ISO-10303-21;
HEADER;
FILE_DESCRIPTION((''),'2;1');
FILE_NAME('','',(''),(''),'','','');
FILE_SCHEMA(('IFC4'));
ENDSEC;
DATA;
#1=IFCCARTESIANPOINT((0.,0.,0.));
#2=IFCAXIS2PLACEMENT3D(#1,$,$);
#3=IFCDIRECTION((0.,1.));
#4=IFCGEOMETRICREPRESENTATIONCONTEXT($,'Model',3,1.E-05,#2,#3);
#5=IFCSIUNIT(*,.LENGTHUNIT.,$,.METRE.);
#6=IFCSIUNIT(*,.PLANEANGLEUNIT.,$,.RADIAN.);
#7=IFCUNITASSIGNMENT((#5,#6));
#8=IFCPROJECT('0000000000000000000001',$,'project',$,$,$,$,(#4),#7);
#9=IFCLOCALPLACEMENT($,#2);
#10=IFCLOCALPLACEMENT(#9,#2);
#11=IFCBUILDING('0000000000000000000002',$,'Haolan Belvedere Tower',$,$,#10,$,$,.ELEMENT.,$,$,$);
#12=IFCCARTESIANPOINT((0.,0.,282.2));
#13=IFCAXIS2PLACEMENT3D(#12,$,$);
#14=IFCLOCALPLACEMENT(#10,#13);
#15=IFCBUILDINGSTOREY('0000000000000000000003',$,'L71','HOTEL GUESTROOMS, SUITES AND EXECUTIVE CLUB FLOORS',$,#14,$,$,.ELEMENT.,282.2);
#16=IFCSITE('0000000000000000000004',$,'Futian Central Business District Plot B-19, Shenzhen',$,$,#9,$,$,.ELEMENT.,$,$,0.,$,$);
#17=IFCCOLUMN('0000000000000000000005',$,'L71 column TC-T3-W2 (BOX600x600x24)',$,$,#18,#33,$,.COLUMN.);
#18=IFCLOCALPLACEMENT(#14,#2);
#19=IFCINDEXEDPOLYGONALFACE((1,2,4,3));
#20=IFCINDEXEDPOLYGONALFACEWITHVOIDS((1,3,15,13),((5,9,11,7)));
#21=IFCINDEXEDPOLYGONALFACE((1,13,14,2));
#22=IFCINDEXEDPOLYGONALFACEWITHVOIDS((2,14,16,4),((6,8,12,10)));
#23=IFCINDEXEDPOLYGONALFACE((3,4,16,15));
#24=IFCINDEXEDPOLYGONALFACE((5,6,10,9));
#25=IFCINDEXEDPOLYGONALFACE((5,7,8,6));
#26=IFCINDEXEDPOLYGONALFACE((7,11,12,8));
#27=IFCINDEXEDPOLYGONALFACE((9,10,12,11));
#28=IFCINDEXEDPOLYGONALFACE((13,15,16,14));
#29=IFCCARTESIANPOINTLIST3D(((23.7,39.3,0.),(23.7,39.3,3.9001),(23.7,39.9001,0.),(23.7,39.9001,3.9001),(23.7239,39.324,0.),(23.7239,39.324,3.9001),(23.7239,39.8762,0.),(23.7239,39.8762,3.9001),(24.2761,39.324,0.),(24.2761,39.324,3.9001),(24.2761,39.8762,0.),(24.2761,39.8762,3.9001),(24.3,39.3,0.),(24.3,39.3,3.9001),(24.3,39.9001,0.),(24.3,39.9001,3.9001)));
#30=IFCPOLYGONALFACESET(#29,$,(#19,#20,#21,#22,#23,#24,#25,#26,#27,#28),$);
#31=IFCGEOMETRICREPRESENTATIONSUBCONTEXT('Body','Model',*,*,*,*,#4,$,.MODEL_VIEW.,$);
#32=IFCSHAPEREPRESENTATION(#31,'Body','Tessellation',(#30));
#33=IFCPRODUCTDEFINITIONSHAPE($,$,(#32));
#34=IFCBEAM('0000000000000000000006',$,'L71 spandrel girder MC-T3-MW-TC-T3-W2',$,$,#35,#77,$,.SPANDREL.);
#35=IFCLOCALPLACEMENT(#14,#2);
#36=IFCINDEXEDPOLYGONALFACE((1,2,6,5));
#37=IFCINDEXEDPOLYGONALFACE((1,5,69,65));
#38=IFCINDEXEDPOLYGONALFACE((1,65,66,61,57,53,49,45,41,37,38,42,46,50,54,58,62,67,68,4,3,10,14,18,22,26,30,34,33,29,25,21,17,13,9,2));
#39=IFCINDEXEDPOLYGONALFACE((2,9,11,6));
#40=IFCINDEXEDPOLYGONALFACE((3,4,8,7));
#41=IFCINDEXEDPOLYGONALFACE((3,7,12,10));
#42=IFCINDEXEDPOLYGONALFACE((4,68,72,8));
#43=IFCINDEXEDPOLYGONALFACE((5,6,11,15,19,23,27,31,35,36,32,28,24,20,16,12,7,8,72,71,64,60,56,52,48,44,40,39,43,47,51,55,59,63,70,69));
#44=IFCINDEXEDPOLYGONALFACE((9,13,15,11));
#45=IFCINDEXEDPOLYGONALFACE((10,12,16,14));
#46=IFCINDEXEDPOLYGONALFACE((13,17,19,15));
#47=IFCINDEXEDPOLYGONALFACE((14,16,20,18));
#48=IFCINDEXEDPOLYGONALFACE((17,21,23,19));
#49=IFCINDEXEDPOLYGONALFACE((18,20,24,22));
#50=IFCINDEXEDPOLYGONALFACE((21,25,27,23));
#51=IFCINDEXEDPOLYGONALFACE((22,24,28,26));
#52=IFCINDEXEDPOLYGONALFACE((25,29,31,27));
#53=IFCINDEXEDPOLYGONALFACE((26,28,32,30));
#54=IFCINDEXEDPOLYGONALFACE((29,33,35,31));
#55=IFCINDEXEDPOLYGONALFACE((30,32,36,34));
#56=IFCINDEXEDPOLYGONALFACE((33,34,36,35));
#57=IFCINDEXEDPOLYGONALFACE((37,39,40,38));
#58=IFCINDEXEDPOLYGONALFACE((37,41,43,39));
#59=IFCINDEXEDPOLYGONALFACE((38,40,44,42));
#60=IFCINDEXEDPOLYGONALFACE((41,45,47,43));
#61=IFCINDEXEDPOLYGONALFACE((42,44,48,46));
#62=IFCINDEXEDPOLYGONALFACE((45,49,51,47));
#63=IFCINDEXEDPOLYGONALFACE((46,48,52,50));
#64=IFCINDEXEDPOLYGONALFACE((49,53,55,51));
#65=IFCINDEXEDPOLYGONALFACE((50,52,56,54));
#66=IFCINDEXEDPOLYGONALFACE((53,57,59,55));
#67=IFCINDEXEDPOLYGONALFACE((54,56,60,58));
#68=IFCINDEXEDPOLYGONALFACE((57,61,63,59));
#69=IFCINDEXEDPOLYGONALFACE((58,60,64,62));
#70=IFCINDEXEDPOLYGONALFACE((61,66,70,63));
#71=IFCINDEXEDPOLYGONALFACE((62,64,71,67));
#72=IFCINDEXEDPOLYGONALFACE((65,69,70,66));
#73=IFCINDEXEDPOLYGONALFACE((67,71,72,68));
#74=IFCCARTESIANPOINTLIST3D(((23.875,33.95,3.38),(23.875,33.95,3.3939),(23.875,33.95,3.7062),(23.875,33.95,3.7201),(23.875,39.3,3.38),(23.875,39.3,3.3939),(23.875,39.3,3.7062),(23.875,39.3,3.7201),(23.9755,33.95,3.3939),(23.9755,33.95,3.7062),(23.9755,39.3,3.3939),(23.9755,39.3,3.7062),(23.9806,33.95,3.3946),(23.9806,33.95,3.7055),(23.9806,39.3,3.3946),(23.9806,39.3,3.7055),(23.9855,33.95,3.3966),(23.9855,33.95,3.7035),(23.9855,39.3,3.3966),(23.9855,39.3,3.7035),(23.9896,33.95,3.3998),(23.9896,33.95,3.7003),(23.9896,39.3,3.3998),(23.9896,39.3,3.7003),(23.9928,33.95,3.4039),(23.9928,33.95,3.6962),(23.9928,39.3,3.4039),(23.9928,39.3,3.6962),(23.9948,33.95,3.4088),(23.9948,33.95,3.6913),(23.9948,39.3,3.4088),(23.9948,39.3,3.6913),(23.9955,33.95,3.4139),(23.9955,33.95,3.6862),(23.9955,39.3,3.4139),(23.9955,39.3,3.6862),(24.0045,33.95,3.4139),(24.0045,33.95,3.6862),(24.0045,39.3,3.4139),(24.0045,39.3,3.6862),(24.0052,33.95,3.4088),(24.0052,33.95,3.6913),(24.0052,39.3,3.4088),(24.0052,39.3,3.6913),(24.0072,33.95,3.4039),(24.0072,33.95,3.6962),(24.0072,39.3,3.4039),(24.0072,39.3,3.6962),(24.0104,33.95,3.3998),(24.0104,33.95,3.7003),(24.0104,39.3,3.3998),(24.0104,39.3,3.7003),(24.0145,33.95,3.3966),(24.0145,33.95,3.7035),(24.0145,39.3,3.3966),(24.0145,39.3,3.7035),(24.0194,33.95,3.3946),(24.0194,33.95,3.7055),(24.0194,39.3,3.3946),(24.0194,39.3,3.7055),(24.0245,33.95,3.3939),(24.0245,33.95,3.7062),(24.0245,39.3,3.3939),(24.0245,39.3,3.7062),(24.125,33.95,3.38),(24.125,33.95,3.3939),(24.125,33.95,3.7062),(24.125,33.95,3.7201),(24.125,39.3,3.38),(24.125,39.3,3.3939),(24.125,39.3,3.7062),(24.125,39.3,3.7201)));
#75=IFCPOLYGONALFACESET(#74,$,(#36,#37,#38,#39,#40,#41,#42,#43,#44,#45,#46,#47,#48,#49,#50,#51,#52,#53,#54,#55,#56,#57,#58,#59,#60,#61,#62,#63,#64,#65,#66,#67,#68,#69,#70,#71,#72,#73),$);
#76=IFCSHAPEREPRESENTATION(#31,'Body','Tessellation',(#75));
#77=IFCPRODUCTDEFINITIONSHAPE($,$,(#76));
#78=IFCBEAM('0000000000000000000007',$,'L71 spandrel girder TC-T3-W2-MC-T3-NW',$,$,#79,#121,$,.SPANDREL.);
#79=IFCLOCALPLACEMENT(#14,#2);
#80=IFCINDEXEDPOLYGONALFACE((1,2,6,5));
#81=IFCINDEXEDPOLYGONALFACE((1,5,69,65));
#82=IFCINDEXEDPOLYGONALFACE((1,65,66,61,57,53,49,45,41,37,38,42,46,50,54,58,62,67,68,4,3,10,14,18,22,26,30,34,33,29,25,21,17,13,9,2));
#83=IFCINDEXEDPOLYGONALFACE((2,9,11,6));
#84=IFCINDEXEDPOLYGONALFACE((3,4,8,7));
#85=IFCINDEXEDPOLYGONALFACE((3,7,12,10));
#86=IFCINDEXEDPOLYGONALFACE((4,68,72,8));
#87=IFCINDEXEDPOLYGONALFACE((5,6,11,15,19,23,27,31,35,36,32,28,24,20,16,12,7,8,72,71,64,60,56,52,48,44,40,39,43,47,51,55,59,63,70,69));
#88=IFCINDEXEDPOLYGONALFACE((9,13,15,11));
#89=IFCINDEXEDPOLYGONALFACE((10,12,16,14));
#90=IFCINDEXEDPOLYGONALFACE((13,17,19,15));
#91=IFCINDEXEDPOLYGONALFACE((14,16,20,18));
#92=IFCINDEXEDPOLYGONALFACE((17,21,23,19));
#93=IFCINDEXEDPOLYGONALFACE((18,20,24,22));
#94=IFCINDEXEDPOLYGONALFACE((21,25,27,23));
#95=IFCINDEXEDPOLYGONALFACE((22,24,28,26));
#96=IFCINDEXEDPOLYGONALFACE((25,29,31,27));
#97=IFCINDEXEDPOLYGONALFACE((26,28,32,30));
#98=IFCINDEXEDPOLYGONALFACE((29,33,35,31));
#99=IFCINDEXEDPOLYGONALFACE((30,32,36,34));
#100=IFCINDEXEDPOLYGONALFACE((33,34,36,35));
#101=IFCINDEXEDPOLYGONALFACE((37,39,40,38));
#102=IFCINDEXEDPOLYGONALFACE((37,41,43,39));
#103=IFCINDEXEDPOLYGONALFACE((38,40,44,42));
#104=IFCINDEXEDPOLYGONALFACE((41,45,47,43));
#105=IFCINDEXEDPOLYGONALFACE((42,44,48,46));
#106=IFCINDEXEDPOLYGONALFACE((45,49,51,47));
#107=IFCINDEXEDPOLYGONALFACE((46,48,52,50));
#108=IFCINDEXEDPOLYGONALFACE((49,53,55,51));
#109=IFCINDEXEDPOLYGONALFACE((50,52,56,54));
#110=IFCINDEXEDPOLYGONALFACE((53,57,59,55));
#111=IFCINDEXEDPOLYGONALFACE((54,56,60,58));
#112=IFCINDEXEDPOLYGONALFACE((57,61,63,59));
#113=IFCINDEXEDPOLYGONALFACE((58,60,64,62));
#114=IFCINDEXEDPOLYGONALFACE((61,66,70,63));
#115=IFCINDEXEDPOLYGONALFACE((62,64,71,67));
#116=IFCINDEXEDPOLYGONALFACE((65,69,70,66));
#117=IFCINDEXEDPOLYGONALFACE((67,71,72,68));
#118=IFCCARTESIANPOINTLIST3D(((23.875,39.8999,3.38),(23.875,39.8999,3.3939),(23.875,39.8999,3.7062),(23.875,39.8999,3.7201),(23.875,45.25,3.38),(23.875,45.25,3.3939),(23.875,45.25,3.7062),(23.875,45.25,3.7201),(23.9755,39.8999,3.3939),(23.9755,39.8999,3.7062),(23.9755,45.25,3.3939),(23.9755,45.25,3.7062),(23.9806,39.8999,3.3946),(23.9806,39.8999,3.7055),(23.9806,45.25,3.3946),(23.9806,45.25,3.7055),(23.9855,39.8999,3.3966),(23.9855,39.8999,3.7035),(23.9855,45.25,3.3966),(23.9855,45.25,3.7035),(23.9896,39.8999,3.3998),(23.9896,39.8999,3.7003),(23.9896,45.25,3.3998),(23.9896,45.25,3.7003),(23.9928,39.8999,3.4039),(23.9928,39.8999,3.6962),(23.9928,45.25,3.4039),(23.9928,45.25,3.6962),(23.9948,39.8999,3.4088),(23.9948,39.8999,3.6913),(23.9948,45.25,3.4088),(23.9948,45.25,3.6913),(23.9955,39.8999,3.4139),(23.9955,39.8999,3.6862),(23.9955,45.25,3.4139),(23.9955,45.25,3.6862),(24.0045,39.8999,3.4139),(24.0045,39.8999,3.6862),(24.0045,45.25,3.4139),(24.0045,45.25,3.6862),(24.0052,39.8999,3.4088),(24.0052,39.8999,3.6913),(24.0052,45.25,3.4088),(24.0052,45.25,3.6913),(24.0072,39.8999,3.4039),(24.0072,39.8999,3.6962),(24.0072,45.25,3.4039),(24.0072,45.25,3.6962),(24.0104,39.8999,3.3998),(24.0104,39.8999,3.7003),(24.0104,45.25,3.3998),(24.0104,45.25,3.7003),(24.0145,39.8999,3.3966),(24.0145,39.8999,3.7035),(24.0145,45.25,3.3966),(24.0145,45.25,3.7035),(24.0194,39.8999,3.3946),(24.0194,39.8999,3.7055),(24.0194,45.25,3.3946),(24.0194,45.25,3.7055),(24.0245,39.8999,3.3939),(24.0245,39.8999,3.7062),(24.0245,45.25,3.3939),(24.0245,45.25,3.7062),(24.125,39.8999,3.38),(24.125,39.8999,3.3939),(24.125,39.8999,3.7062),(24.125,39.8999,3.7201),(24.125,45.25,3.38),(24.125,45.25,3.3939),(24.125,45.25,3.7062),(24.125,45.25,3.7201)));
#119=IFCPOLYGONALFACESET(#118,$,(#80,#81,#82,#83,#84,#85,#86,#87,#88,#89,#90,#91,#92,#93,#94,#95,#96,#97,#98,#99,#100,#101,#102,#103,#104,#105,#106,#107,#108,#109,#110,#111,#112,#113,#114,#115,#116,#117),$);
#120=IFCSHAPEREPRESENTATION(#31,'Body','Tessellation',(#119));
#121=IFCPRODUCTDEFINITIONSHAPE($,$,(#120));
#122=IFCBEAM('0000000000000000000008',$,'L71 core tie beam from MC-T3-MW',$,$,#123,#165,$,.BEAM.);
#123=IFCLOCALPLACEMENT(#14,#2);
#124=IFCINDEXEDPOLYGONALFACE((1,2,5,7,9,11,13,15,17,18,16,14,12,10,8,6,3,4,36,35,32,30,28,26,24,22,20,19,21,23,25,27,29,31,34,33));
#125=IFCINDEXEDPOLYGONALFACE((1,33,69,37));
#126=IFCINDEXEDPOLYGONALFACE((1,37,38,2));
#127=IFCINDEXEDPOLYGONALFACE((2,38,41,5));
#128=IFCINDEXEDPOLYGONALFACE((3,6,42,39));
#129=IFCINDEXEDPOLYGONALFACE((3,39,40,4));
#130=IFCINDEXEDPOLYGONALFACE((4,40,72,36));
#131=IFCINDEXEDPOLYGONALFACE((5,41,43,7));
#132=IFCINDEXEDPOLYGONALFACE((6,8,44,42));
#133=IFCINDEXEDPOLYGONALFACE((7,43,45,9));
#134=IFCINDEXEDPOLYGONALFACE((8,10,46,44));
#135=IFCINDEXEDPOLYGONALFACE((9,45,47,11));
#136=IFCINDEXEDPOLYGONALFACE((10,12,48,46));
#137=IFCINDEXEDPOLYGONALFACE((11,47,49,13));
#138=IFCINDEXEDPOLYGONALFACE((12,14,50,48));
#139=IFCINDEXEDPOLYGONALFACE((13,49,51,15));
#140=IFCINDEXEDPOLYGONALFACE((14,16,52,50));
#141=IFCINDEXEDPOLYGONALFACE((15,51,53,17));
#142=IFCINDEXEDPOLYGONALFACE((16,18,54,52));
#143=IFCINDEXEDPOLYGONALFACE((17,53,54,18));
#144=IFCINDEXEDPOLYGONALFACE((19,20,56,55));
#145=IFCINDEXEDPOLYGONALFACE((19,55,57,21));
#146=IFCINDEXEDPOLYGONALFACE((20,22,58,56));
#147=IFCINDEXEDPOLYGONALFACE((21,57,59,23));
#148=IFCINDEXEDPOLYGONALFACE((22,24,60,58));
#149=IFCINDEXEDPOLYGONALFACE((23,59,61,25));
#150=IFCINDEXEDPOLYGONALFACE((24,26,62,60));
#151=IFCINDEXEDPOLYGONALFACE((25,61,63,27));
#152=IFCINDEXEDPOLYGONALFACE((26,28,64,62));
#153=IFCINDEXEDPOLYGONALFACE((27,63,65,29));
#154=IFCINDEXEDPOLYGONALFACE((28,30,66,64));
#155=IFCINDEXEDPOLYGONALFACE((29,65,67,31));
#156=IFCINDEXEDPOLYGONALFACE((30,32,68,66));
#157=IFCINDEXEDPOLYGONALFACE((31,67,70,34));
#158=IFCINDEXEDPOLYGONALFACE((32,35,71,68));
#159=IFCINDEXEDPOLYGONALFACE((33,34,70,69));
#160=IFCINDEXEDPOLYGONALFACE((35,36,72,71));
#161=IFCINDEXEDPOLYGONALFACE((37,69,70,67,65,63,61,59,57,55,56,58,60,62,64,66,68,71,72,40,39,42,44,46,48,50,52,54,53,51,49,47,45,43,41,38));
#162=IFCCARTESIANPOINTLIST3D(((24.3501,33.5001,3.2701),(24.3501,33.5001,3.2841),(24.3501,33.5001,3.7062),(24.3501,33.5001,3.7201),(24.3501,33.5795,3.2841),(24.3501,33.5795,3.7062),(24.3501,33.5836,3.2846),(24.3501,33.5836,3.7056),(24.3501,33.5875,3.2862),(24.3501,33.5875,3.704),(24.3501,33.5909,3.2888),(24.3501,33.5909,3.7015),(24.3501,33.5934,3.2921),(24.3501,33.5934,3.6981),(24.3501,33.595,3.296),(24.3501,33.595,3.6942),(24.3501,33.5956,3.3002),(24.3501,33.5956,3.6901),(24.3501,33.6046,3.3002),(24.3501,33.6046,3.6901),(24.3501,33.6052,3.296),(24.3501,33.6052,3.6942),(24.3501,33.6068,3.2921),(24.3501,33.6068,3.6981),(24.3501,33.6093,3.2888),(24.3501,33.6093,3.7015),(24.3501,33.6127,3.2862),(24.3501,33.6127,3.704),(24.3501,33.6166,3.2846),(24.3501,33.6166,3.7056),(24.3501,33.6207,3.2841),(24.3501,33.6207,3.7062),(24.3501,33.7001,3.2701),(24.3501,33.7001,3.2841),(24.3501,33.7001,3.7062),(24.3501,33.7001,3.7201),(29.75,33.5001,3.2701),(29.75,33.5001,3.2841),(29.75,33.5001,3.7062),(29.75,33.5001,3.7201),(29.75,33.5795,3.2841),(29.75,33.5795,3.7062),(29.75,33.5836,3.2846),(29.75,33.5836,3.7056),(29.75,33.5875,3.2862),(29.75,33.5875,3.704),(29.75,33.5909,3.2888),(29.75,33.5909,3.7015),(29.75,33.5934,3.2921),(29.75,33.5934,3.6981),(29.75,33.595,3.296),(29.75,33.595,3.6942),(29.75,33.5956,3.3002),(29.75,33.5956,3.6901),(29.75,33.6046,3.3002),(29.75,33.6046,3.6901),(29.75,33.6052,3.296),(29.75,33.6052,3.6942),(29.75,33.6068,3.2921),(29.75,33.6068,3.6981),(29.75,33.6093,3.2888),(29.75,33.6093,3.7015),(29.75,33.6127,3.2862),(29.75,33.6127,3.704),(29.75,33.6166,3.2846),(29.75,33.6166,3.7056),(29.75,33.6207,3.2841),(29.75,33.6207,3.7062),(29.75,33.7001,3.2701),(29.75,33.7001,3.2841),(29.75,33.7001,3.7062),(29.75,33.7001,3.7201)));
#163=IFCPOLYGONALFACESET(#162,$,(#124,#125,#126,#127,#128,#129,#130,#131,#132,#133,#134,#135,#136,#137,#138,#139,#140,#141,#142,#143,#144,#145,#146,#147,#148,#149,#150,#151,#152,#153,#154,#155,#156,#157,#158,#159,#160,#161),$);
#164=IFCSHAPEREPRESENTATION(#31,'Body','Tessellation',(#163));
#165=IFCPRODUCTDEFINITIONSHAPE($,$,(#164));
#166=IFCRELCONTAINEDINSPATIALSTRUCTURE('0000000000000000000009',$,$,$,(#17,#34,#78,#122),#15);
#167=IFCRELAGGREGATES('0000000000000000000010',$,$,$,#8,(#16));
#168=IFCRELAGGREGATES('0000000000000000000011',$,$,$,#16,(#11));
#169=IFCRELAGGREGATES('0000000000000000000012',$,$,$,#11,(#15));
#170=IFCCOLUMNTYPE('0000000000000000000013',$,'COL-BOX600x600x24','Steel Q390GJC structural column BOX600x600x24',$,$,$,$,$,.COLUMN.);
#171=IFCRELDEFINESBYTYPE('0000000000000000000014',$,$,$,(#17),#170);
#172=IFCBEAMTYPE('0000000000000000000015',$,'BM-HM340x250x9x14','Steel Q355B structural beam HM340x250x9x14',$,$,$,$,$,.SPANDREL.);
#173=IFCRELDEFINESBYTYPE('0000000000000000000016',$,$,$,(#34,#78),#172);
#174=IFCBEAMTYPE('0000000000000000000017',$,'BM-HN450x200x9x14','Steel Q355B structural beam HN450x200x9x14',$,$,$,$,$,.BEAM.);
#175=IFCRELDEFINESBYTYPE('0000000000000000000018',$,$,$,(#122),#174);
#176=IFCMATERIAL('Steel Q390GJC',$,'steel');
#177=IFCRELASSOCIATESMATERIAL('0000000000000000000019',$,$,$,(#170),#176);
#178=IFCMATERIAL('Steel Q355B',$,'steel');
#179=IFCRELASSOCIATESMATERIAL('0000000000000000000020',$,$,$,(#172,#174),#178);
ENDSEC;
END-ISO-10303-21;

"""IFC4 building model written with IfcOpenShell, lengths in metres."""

from ifc_helpers import new_model, si_unit, direction, frame, origin, origin_2d, place, context, subcontext, project, spatial, hollow_rectangle, i_section, extrude, material, material_profile, profile_set, type_object, element, save


model = new_model("IFC4")

# Units and contexts
model_context = context("Model", 3, precision=1e-05, world=origin(), true_north=direction((0.0, 1.0)))
body_context = subcontext(model_context, "Body", "Model", "MODEL_VIEW")
ifc_project = project(units=[si_unit("LENGTHUNIT", "METRE"), si_unit("PLANEANGLEUNIT", "RADIAN")], contexts=[model_context])

# Site, building, storey
site_placement = place(None, origin())
site = spatial("IfcSite", under=ifc_project, at=site_placement, Name="Futian Central Business District Plot B-19, Shenzhen", CompositionType="ELEMENT", RefElevation=0.0)
building_placement = place(site_placement, origin())
building = spatial("IfcBuilding", under=site, at=building_placement, Name="Haolan Belvedere Tower", CompositionType="ELEMENT")
storey_placement = place(building_placement, frame((0.0, 0.0, 282.2)))
storey = spatial("IfcBuildingStorey", under=building, at=storey_placement, Name="L71", Description="HOTEL GUESTROOMS, SUITES AND EXECUTIVE CLUB FLOORS", CompositionType="ELEMENT", Elevation=282.2)

# Column
ifc_material_1 = material(Name="Steel Q390GJC", Category="steel")
ifc_material_profile_1 = material_profile(ifc_material_1, hollow_rectangle(XDim=0.6001, YDim=0.6001, WallThickness=0.0239, at=origin_2d()), Name="Steel Q390GJC")
ifc_profile_set_1 = profile_set([ifc_material_profile_1], Name="Steel Q390GJC")
column_type = type_object("IfcColumnType", Name="COL-BOX600x600x24", Description="Steel Q390GJC structural column BOX600x600x24", PredefinedType="COLUMN", material=ifc_profile_set_1)
column_placement = place(storey_placement, frame((24.0, 39.6001, 0.0), z_axis=(0.0, 0.0, 1.0), x_axis=(1.0, 0.0, 0.0)))
element("IfcColumn", 1, at=column_placement, inside=storey, type_object=column_type, Name="L71 column TC-T3-W2 (BOX600x600x24)", PredefinedType="COLUMN", context=body_context, shape_type="SweptSolid", body=[
    extrude(hollow_rectangle(XDim=0.6001, YDim=0.6001, WallThickness=0.0239, at=origin_2d()), origin(), (0.0, 0.0, 1.0), 3.9001),
])

# Beams
ifc_material_2 = material(Name="Steel Q355B", Category="steel")
ifc_material_profile_2 = material_profile(ifc_material_2, i_section(OverallWidth=0.25, OverallDepth=0.3401, WebThickness=0.009, FlangeThickness=0.0139, FilletRadius=0.02, at=origin_2d()), Name="Steel Q355B")
ifc_profile_set_2 = profile_set([ifc_material_profile_2], Name="Steel Q355B")
beam_type_1 = type_object("IfcBeamType", Name="BM-HM340x250x9x14", Description="Steel Q355B structural beam HM340x250x9x14", PredefinedType="SPANDREL", material=ifc_profile_set_2)
for number, where, z_axis, x_axis, name in (
    (2, (24.0, 33.95, 3.55), (0.0, 1.0, 0.0), (-1.0, 0.0, 0.0), "L71 spandrel girder MC-T3-MW-TC-T3-W2"),
    (3, (24.0, 39.8999, 3.55), (0.0, 1.0, 0.0), (-1.0, 0.0, 0.0), "L71 spandrel girder TC-T3-W2-MC-T3-NW"),
):
    element("IfcBeam", number, at=place(storey_placement, frame(where, z_axis=z_axis, x_axis=x_axis)), inside=storey, type_object=beam_type_1, Name=name, PredefinedType="SPANDREL", context=body_context, shape_type="SweptSolid", body=[
        extrude(i_section(OverallWidth=0.25, OverallDepth=0.3401, WebThickness=0.009, FlangeThickness=0.0139, FilletRadius=0.02, at=origin_2d()), origin(), (0.0, 0.0, 1.0), 5.3501),
    ])
ifc_material_profile_3 = material_profile(ifc_material_2, i_section(OverallWidth=0.2, OverallDepth=0.45, WebThickness=0.009, FlangeThickness=0.0139, FilletRadius=0.0161, at=origin_2d()), Name="Steel Q355B")
ifc_profile_set_3 = profile_set([ifc_material_profile_3], Name="Steel Q355B")
beam_type_2 = type_object("IfcBeamType", Name="BM-HN450x200x9x14", Description="Steel Q355B structural beam HN450x200x9x14", PredefinedType="BEAM", material=ifc_profile_set_3)
beam_1_placement = place(storey_placement, frame((24.3501, 33.6001, 3.4951), z_axis=(1.0, 0.0, 0.0), x_axis=(0.0, 1.0, 0.0)))
element("IfcBeam", 4, at=beam_1_placement, inside=storey, type_object=beam_type_2, Name="L71 core tie beam from MC-T3-MW", PredefinedType="BEAM", context=body_context, shape_type="SweptSolid", body=[
    extrude(i_section(OverallWidth=0.2, OverallDepth=0.45, WebThickness=0.009, FlangeThickness=0.0139, FilletRadius=0.0161, at=origin_2d()), origin(), (0.0, 0.0, 1.0), 5.3999),
])

save(model, "model.ifc")
